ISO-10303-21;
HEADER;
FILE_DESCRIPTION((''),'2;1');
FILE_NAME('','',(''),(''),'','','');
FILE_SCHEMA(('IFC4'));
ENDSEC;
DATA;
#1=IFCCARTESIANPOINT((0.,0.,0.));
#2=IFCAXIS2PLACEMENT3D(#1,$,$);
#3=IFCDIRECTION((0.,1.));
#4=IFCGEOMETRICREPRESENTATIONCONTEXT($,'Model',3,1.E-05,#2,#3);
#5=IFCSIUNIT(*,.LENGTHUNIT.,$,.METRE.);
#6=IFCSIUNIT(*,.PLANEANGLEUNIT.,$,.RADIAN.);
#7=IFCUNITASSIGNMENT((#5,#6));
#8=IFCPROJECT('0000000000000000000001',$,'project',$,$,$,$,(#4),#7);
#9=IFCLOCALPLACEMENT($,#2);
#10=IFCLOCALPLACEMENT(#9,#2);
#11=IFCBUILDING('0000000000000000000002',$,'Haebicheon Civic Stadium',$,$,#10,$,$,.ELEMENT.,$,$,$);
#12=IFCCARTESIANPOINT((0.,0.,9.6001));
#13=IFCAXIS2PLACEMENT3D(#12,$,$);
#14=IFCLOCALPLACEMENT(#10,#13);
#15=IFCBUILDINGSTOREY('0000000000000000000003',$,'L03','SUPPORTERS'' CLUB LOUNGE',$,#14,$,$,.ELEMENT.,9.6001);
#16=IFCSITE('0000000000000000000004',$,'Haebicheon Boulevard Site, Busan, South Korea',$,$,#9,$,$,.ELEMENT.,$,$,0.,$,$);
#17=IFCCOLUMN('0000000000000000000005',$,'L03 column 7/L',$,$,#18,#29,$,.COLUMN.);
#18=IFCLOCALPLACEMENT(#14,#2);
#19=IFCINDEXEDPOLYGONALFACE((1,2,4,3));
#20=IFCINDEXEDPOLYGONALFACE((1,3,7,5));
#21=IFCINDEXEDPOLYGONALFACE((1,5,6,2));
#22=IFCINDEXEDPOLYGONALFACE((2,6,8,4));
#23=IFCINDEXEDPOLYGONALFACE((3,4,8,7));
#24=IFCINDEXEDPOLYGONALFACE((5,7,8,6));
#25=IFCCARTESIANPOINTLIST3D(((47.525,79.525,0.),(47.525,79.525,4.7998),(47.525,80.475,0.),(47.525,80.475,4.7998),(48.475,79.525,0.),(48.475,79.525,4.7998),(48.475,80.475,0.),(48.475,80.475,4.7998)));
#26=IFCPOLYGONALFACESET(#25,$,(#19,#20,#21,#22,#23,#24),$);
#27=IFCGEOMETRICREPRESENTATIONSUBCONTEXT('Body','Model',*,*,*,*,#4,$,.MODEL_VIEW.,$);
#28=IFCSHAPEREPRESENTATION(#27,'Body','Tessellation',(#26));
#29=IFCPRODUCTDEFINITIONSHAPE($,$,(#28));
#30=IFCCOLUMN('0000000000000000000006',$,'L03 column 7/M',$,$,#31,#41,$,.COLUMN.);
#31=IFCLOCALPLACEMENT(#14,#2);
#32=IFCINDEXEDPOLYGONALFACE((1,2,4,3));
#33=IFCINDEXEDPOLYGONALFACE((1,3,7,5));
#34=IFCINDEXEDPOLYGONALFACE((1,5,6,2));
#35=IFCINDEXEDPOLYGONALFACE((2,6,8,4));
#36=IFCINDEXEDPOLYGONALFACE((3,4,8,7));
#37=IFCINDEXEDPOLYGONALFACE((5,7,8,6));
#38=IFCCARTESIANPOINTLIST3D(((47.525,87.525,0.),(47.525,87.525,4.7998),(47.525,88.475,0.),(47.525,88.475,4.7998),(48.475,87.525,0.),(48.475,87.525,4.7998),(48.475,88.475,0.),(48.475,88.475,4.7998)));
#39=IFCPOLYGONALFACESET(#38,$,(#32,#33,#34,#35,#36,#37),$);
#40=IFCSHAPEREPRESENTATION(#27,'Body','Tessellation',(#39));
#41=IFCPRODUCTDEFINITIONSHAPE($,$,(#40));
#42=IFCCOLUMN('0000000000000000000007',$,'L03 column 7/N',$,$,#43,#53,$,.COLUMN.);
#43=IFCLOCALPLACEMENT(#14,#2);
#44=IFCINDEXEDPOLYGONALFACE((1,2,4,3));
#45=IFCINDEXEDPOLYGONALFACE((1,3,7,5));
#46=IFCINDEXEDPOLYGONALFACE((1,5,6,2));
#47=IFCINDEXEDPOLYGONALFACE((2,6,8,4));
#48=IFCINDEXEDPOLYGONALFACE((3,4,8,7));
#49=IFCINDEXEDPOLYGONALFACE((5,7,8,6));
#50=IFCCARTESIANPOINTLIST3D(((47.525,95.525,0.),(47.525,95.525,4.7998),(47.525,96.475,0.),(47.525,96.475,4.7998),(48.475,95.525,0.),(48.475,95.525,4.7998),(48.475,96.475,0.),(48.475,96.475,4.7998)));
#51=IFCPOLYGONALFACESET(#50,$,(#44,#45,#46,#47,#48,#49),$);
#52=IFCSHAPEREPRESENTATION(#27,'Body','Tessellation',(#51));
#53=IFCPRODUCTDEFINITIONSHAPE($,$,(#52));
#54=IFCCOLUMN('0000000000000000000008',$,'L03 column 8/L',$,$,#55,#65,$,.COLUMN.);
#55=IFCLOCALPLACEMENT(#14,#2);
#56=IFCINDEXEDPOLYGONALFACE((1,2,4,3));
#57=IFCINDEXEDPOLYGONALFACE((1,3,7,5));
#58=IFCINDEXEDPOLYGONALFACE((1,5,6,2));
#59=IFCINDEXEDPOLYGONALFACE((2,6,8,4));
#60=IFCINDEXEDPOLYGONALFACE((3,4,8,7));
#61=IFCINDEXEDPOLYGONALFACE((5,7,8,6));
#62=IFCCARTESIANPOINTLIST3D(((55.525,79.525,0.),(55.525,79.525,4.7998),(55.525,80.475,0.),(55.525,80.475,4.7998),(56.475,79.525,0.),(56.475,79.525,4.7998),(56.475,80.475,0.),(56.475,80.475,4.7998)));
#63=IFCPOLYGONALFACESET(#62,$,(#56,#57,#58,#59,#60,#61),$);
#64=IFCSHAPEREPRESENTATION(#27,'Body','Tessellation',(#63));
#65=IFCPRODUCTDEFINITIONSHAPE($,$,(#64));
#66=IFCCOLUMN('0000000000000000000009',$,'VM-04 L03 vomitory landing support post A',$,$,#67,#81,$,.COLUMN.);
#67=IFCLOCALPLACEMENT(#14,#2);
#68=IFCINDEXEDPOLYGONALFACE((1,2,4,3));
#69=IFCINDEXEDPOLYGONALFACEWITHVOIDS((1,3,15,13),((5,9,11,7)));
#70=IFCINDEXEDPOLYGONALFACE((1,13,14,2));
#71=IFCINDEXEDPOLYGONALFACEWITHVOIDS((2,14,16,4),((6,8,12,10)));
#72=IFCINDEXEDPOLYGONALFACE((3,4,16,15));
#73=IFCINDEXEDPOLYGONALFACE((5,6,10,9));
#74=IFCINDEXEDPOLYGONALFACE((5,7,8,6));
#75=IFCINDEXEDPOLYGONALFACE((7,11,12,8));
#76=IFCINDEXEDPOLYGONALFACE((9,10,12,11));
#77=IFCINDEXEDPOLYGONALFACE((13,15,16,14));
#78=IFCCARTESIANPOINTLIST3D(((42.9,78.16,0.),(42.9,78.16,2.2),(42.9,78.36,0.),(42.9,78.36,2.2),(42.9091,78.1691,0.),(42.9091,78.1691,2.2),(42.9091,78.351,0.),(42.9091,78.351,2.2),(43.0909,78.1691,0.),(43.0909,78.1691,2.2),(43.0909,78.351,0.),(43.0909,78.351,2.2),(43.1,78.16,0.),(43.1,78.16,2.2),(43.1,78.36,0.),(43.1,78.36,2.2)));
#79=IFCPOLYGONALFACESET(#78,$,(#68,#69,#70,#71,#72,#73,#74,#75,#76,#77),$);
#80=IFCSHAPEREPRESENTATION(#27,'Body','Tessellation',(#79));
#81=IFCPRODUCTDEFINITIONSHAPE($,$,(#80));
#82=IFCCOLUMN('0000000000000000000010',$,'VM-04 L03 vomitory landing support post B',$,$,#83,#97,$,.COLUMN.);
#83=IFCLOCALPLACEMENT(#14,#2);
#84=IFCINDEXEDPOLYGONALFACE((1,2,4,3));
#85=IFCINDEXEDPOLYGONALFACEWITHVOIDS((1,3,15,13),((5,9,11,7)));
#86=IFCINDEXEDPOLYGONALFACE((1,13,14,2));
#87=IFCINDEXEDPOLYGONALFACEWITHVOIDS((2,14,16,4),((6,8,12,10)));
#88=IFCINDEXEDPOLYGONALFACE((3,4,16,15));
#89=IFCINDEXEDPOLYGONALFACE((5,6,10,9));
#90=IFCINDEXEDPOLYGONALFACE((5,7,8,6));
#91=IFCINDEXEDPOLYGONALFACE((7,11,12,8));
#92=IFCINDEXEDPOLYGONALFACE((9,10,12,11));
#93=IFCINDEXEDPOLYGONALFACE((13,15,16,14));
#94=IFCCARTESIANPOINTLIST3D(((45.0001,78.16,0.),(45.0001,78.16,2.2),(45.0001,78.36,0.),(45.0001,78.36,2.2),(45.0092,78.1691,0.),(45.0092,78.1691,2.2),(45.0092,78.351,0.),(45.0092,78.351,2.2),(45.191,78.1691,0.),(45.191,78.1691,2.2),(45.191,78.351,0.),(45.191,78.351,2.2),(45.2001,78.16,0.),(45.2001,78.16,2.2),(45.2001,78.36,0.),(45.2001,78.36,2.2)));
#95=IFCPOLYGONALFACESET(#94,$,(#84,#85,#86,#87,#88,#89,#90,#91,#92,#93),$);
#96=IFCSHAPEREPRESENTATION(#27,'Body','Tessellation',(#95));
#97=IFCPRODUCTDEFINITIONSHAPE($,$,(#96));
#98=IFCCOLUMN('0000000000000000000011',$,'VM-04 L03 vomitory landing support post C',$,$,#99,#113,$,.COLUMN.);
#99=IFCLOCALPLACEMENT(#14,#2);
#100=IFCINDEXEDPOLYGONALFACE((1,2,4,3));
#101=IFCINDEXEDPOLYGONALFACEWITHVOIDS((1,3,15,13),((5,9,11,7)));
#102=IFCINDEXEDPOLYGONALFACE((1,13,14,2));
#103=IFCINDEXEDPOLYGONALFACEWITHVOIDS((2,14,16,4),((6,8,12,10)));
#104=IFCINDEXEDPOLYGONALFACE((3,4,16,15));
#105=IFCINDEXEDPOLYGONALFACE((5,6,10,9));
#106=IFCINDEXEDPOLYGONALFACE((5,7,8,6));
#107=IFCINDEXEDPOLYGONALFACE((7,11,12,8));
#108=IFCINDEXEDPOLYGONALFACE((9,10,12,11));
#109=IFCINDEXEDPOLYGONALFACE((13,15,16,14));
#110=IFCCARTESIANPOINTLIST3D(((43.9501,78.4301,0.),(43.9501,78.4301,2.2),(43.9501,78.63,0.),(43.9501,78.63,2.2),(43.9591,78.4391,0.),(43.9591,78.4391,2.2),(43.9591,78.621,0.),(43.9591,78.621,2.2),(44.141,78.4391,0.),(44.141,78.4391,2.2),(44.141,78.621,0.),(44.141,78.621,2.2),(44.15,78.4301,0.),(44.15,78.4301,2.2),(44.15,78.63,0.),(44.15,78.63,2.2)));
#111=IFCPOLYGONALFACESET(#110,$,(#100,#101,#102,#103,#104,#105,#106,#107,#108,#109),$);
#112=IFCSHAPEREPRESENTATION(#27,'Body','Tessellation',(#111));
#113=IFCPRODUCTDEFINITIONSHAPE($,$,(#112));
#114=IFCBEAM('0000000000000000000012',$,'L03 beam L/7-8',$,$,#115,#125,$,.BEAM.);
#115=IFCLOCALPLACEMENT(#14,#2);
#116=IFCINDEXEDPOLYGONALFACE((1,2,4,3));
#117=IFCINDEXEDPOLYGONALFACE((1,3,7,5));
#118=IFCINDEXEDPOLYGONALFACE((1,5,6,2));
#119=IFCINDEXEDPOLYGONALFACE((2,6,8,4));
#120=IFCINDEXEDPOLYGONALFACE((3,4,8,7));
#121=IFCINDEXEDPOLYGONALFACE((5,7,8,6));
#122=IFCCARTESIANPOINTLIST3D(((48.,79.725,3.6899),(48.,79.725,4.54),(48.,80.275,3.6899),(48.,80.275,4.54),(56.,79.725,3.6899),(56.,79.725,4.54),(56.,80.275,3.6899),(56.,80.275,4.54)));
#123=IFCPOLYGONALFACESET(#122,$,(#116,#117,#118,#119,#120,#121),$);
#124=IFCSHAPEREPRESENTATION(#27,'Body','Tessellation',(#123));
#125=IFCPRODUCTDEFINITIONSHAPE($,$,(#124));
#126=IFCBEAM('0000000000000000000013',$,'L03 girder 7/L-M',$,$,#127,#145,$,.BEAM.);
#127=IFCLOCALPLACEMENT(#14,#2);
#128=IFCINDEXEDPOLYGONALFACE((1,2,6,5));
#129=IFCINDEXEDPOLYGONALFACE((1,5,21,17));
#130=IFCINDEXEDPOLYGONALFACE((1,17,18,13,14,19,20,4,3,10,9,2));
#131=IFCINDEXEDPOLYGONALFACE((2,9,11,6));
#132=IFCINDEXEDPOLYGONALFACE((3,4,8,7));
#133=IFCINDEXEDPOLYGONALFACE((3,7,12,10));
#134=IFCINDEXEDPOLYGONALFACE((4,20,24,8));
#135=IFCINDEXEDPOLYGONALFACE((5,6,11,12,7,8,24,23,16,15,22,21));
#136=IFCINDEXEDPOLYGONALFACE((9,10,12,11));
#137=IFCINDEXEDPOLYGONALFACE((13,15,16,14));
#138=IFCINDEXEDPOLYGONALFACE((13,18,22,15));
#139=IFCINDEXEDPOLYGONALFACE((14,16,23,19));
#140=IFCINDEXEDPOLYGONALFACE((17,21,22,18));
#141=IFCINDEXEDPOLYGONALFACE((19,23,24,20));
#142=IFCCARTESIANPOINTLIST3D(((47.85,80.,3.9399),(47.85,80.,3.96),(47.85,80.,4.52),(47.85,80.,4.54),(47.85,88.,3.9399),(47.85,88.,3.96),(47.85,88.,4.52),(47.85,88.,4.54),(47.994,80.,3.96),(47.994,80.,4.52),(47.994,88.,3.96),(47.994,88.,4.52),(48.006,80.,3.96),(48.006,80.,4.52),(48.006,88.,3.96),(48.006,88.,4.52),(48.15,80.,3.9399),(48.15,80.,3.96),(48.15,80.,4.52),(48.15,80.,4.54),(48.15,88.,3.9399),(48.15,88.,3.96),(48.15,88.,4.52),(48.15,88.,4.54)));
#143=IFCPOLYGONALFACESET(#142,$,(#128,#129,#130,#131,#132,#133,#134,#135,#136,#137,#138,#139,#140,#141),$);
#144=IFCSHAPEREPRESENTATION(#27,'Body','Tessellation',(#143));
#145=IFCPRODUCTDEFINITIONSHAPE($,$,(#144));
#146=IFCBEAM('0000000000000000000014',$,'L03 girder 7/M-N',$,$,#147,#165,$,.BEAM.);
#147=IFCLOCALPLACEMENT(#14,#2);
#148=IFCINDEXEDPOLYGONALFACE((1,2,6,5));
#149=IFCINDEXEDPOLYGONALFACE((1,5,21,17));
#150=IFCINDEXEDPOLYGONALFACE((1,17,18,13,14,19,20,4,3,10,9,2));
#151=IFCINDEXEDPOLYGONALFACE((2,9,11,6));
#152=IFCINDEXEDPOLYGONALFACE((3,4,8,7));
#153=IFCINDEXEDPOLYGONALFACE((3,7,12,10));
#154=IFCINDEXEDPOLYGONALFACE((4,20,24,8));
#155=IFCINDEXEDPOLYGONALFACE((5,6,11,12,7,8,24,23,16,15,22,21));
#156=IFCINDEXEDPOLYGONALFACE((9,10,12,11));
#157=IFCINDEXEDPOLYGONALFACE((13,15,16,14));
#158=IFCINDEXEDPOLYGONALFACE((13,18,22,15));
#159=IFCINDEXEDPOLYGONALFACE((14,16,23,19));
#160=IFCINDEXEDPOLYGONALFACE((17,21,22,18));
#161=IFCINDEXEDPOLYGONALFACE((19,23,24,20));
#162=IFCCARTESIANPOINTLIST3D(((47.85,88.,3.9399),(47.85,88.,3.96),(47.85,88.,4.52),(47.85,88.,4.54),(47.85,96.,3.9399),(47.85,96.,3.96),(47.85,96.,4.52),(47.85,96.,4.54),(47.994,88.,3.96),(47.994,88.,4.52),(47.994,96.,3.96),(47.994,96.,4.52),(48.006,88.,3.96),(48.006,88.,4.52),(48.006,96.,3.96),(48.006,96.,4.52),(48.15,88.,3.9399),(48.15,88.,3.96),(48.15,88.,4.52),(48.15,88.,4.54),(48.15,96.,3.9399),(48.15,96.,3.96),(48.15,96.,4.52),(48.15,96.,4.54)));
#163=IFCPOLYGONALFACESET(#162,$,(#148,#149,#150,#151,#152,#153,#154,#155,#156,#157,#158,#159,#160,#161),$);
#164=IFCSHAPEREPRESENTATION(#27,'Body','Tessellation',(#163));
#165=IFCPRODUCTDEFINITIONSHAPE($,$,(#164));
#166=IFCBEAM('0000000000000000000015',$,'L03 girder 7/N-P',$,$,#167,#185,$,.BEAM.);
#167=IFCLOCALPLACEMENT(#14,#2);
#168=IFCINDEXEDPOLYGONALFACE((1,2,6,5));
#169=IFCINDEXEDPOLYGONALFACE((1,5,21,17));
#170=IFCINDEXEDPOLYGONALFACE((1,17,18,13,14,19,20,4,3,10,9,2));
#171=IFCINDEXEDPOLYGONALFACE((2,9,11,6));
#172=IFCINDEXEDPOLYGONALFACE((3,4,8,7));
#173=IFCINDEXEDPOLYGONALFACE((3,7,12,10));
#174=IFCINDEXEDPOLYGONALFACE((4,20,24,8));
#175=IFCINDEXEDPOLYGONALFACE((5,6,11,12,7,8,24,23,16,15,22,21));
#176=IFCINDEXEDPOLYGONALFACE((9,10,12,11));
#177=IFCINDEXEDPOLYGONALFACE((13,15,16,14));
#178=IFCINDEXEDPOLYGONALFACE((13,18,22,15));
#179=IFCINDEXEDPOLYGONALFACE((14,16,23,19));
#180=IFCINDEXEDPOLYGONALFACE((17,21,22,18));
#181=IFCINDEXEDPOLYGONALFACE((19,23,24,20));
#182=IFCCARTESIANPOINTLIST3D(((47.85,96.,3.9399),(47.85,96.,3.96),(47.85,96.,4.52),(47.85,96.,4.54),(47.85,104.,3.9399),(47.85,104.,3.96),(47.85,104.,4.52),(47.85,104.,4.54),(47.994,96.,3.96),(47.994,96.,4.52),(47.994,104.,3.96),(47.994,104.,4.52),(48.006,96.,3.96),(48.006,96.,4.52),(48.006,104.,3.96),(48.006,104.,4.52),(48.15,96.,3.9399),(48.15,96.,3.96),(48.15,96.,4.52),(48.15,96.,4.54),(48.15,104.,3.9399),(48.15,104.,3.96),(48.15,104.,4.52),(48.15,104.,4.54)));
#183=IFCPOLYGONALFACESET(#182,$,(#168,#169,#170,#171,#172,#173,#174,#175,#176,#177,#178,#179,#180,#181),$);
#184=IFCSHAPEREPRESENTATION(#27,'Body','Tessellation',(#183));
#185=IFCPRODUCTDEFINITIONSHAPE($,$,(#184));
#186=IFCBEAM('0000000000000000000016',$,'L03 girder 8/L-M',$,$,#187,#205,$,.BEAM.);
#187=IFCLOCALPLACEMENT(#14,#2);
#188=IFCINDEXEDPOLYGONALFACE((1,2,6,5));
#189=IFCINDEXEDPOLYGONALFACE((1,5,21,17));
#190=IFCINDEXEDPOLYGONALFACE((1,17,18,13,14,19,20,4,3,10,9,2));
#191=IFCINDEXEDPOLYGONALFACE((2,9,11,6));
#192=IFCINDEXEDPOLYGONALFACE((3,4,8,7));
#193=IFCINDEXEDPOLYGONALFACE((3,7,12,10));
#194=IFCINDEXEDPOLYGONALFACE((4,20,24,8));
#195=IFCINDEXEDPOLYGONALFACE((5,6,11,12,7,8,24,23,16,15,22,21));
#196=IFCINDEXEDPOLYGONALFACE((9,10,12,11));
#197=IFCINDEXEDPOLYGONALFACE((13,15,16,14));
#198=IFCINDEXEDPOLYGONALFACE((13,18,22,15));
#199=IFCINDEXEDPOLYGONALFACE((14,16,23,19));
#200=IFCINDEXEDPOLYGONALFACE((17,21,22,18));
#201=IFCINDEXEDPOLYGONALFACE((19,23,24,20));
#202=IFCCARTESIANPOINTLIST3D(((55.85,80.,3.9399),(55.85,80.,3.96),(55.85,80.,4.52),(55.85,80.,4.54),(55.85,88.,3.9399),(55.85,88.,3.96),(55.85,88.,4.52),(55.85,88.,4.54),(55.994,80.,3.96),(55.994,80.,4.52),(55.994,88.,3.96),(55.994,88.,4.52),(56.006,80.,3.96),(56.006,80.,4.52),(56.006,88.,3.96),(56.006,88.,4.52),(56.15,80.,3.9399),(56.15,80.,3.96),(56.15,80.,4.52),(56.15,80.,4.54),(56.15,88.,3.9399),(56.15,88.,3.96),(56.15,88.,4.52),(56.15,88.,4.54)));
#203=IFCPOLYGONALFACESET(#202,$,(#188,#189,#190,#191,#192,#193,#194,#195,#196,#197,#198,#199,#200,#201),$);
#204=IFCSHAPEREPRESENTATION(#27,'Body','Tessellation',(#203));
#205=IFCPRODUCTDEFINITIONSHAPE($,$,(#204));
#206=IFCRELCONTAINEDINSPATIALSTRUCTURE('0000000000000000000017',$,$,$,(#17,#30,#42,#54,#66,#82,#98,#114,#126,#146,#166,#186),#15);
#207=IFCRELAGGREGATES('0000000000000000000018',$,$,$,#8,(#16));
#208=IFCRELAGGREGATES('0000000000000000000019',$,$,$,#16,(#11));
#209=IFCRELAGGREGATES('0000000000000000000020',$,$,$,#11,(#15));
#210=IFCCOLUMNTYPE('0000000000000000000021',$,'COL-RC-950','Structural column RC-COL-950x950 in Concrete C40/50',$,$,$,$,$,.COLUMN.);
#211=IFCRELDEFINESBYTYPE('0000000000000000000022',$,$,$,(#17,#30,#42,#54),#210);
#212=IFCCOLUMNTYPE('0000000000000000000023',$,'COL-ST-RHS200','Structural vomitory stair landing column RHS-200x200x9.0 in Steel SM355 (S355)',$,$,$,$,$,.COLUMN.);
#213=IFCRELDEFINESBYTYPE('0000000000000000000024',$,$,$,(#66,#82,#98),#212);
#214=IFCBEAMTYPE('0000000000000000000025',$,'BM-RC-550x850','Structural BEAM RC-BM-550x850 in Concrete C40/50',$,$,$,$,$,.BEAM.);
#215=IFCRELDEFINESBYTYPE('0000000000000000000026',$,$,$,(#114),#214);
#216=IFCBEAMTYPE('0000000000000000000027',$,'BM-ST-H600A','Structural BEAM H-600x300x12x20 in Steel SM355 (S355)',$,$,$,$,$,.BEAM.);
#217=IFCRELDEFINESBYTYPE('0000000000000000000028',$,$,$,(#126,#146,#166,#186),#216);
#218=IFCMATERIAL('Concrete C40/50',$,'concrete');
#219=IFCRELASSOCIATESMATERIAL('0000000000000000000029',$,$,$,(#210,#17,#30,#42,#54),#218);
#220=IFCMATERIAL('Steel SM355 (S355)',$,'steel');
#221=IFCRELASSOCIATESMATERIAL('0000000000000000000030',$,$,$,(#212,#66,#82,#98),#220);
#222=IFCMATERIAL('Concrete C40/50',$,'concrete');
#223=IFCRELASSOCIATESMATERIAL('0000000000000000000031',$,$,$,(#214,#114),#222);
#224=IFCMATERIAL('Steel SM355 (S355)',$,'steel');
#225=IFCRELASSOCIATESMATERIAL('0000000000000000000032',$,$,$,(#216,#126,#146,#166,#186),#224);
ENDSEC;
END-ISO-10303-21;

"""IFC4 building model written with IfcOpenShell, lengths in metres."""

from ifc_helpers import new_model, si_unit, direction, frame, origin, origin_2d, place, context, subcontext, project, spatial, rectangle, hollow_rectangle, i_section, extrude, material, material_profile, profile_set, type_object, element, save


model = new_model("IFC4")

# Units and contexts
model_context = context("Model", 3, precision=1e-05, world=origin(), true_north=direction((0.0, 1.0)))
body_context = subcontext(model_context, "Body", "Model", "MODEL_VIEW")
ifc_project = project(units=[si_unit("LENGTHUNIT", "METRE"), si_unit("PLANEANGLEUNIT", "RADIAN")], contexts=[model_context])

# Site, building, storey
site_placement = place(None, origin())
site = spatial("IfcSite", under=ifc_project, at=site_placement, Name="Haebicheon Boulevard Site, Busan, South Korea", CompositionType="ELEMENT", RefElevation=0.0)
building_placement = place(site_placement, origin())
building = spatial("IfcBuilding", under=site, at=building_placement, Name="Haebicheon Civic Stadium", CompositionType="ELEMENT")
storey_placement = place(building_placement, frame((0.0, 0.0, 9.6001)))
storey = spatial("IfcBuildingStorey", under=building, at=storey_placement, Name="L03", Description="SUPPORTERS' CLUB LOUNGE", CompositionType="ELEMENT", Elevation=9.6001)

# Columns
ifc_material_1 = material(Name="Concrete C40/50", Category="concrete")
ifc_material_profile_1 = material_profile(ifc_material_1, rectangle(XDim=0.95, YDim=0.95, at=origin_2d()), Name="RC-COL-950x950")
ifc_profile_set_1 = profile_set([ifc_material_profile_1], Name="Concrete C40/50")
column_type_1 = type_object("IfcColumnType", Name="COL-RC-950", Description="Structural column RC-COL-950x950 in Concrete C40/50", PredefinedType="COLUMN", material=ifc_profile_set_1)
for number, where, z_axis, x_axis, name in (
    (1, (48.0, 80.0, 0.0), (0.0, 0.0, 1.0), (1.0, 0.0, 0.0), "L03 column 7/L"),
    (2, (48.0, 88.0, 0.0), (0.0, 0.0, 1.0), (1.0, 0.0, 0.0), "L03 column 7/M"),
    (3, (48.0, 96.0, 0.0), (0.0, 0.0, 1.0), (1.0, 0.0, 0.0), "L03 column 7/N"),
    (4, (56.0, 80.0, 0.0), (0.0, 0.0, 1.0), (1.0, 0.0, 0.0), "L03 column 8/L"),
):
    element("IfcColumn", number, at=place(storey_placement, frame(where, z_axis=z_axis, x_axis=x_axis)), inside=storey, type_object=column_type_1, material=ifc_profile_set_1, Name=name, PredefinedType="COLUMN", context=body_context, shape_type="SweptSolid", body=[
        extrude(rectangle(XDim=0.95, YDim=0.95, at=origin_2d()), origin(), (0.0, 0.0, 1.0), 4.7998),
    ])
ifc_material_2 = material(Name="Steel SM355 (S355)", Category="steel")
ifc_material_profile_2 = material_profile(ifc_material_2, hollow_rectangle(XDim=0.2, YDim=0.2, WallThickness=0.009, at=origin_2d()), Name="RHS-200x200x9.0")
ifc_profile_set_2 = profile_set([ifc_material_profile_2], Name="Steel SM355 (S355)")
column_type_2 = type_object("IfcColumnType", Name="COL-ST-RHS200", Description="Structural vomitory stair landing column RHS-200x200x9.0 in Steel SM355 (S355)", PredefinedType="COLUMN", material=ifc_profile_set_2)
for number, where, z_axis, x_axis, name in (
    (5, (43.0, 78.26, 0.0), (0.0, 0.0, 1.0), (1.0, 0.0, 0.0), "VM-04 L03 vomitory landing support post A"),
    (6, (45.1001, 78.26, 0.0), (0.0, 0.0, 1.0), (1.0, 0.0, 0.0), "VM-04 L03 vomitory landing support post B"),
    (7, (44.05, 78.53, 0.0), (0.0, 0.0, 1.0), (1.0, 0.0, 0.0), "VM-04 L03 vomitory landing support post C"),
):
    element("IfcColumn", number, at=place(storey_placement, frame(where, z_axis=z_axis, x_axis=x_axis)), inside=storey, type_object=column_type_2, material=ifc_profile_set_2, Name=name, PredefinedType="COLUMN", context=body_context, shape_type="SweptSolid", body=[
        extrude(hollow_rectangle(XDim=0.2, YDim=0.2, WallThickness=0.009, at=origin_2d()), origin(), (0.0, 0.0, 1.0), 2.2),
    ])

# Beams
ifc_material_3 = material(Name="Concrete C40/50", Category="concrete")
ifc_material_profile_3 = material_profile(ifc_material_3, rectangle(XDim=0.55, YDim=0.8501, at=origin_2d()), Name="RC-BM-550x850")
ifc_profile_set_3 = profile_set([ifc_material_profile_3], Name="Concrete C40/50")
beam_type_1 = type_object("IfcBeamType", Name="BM-RC-550x850", Description="Structural BEAM RC-BM-550x850 in Concrete C40/50", PredefinedType="BEAM", material=ifc_profile_set_3)
beam_placement = place(storey_placement, frame((48.0, 80.0, 4.115), z_axis=(1.0, 0.0, 0.0), x_axis=(0.0, 1.0, 0.0)))
element("IfcBeam", 8, at=beam_placement, inside=storey, type_object=beam_type_1, material=ifc_profile_set_3, Name="L03 beam L/7-8", PredefinedType="BEAM", context=body_context, shape_type="SweptSolid", body=[
    extrude(rectangle(XDim=0.55, YDim=0.8501, at=origin_2d()), origin(), (0.0, 0.0, 1.0), 8.0),
])
ifc_material_4 = material(Name="Steel SM355 (S355)", Category="steel")
ifc_material_profile_4 = material_profile(ifc_material_4, i_section(OverallWidth=0.3, OverallDepth=0.6001, WebThickness=0.012, FlangeThickness=0.02, at=origin_2d()), Name="H-600x300x12x20")
ifc_profile_set_4 = profile_set([ifc_material_profile_4], Name="Steel SM355 (S355)")
beam_type_2 = type_object("IfcBeamType", Name="BM-ST-H600A", Description="Structural BEAM H-600x300x12x20 in Steel SM355 (S355)", PredefinedType="BEAM", material=ifc_profile_set_4)
for number, where, z_axis, x_axis, name in (
    (9, (48.0, 80.0, 4.24), (0.0, 1.0, 0.0), (-1.0, 0.0, 0.0), "L03 girder 7/L-M"),
    (10, (48.0, 88.0, 4.24), (0.0, 1.0, 0.0), (-1.0, 0.0, 0.0), "L03 girder 7/M-N"),
    (11, (48.0, 96.0, 4.24), (0.0, 1.0, 0.0), (-1.0, 0.0, 0.0), "L03 girder 7/N-P"),
    (12, (56.0, 80.0, 4.24), (0.0, 1.0, 0.0), (-1.0, 0.0, 0.0), "L03 girder 8/L-M"),
):
    element("IfcBeam", number, at=place(storey_placement, frame(where, z_axis=z_axis, x_axis=x_axis)), inside=storey, type_object=beam_type_2, material=ifc_profile_set_4, Name=name, PredefinedType="BEAM", context=body_context, shape_type="SweptSolid", body=[
        extrude(i_section(OverallWidth=0.3, OverallDepth=0.6001, WebThickness=0.012, FlangeThickness=0.02, at=origin_2d()), origin(), (0.0, 0.0, 1.0), 8.0),
    ])

save(model, "model.ifc")
